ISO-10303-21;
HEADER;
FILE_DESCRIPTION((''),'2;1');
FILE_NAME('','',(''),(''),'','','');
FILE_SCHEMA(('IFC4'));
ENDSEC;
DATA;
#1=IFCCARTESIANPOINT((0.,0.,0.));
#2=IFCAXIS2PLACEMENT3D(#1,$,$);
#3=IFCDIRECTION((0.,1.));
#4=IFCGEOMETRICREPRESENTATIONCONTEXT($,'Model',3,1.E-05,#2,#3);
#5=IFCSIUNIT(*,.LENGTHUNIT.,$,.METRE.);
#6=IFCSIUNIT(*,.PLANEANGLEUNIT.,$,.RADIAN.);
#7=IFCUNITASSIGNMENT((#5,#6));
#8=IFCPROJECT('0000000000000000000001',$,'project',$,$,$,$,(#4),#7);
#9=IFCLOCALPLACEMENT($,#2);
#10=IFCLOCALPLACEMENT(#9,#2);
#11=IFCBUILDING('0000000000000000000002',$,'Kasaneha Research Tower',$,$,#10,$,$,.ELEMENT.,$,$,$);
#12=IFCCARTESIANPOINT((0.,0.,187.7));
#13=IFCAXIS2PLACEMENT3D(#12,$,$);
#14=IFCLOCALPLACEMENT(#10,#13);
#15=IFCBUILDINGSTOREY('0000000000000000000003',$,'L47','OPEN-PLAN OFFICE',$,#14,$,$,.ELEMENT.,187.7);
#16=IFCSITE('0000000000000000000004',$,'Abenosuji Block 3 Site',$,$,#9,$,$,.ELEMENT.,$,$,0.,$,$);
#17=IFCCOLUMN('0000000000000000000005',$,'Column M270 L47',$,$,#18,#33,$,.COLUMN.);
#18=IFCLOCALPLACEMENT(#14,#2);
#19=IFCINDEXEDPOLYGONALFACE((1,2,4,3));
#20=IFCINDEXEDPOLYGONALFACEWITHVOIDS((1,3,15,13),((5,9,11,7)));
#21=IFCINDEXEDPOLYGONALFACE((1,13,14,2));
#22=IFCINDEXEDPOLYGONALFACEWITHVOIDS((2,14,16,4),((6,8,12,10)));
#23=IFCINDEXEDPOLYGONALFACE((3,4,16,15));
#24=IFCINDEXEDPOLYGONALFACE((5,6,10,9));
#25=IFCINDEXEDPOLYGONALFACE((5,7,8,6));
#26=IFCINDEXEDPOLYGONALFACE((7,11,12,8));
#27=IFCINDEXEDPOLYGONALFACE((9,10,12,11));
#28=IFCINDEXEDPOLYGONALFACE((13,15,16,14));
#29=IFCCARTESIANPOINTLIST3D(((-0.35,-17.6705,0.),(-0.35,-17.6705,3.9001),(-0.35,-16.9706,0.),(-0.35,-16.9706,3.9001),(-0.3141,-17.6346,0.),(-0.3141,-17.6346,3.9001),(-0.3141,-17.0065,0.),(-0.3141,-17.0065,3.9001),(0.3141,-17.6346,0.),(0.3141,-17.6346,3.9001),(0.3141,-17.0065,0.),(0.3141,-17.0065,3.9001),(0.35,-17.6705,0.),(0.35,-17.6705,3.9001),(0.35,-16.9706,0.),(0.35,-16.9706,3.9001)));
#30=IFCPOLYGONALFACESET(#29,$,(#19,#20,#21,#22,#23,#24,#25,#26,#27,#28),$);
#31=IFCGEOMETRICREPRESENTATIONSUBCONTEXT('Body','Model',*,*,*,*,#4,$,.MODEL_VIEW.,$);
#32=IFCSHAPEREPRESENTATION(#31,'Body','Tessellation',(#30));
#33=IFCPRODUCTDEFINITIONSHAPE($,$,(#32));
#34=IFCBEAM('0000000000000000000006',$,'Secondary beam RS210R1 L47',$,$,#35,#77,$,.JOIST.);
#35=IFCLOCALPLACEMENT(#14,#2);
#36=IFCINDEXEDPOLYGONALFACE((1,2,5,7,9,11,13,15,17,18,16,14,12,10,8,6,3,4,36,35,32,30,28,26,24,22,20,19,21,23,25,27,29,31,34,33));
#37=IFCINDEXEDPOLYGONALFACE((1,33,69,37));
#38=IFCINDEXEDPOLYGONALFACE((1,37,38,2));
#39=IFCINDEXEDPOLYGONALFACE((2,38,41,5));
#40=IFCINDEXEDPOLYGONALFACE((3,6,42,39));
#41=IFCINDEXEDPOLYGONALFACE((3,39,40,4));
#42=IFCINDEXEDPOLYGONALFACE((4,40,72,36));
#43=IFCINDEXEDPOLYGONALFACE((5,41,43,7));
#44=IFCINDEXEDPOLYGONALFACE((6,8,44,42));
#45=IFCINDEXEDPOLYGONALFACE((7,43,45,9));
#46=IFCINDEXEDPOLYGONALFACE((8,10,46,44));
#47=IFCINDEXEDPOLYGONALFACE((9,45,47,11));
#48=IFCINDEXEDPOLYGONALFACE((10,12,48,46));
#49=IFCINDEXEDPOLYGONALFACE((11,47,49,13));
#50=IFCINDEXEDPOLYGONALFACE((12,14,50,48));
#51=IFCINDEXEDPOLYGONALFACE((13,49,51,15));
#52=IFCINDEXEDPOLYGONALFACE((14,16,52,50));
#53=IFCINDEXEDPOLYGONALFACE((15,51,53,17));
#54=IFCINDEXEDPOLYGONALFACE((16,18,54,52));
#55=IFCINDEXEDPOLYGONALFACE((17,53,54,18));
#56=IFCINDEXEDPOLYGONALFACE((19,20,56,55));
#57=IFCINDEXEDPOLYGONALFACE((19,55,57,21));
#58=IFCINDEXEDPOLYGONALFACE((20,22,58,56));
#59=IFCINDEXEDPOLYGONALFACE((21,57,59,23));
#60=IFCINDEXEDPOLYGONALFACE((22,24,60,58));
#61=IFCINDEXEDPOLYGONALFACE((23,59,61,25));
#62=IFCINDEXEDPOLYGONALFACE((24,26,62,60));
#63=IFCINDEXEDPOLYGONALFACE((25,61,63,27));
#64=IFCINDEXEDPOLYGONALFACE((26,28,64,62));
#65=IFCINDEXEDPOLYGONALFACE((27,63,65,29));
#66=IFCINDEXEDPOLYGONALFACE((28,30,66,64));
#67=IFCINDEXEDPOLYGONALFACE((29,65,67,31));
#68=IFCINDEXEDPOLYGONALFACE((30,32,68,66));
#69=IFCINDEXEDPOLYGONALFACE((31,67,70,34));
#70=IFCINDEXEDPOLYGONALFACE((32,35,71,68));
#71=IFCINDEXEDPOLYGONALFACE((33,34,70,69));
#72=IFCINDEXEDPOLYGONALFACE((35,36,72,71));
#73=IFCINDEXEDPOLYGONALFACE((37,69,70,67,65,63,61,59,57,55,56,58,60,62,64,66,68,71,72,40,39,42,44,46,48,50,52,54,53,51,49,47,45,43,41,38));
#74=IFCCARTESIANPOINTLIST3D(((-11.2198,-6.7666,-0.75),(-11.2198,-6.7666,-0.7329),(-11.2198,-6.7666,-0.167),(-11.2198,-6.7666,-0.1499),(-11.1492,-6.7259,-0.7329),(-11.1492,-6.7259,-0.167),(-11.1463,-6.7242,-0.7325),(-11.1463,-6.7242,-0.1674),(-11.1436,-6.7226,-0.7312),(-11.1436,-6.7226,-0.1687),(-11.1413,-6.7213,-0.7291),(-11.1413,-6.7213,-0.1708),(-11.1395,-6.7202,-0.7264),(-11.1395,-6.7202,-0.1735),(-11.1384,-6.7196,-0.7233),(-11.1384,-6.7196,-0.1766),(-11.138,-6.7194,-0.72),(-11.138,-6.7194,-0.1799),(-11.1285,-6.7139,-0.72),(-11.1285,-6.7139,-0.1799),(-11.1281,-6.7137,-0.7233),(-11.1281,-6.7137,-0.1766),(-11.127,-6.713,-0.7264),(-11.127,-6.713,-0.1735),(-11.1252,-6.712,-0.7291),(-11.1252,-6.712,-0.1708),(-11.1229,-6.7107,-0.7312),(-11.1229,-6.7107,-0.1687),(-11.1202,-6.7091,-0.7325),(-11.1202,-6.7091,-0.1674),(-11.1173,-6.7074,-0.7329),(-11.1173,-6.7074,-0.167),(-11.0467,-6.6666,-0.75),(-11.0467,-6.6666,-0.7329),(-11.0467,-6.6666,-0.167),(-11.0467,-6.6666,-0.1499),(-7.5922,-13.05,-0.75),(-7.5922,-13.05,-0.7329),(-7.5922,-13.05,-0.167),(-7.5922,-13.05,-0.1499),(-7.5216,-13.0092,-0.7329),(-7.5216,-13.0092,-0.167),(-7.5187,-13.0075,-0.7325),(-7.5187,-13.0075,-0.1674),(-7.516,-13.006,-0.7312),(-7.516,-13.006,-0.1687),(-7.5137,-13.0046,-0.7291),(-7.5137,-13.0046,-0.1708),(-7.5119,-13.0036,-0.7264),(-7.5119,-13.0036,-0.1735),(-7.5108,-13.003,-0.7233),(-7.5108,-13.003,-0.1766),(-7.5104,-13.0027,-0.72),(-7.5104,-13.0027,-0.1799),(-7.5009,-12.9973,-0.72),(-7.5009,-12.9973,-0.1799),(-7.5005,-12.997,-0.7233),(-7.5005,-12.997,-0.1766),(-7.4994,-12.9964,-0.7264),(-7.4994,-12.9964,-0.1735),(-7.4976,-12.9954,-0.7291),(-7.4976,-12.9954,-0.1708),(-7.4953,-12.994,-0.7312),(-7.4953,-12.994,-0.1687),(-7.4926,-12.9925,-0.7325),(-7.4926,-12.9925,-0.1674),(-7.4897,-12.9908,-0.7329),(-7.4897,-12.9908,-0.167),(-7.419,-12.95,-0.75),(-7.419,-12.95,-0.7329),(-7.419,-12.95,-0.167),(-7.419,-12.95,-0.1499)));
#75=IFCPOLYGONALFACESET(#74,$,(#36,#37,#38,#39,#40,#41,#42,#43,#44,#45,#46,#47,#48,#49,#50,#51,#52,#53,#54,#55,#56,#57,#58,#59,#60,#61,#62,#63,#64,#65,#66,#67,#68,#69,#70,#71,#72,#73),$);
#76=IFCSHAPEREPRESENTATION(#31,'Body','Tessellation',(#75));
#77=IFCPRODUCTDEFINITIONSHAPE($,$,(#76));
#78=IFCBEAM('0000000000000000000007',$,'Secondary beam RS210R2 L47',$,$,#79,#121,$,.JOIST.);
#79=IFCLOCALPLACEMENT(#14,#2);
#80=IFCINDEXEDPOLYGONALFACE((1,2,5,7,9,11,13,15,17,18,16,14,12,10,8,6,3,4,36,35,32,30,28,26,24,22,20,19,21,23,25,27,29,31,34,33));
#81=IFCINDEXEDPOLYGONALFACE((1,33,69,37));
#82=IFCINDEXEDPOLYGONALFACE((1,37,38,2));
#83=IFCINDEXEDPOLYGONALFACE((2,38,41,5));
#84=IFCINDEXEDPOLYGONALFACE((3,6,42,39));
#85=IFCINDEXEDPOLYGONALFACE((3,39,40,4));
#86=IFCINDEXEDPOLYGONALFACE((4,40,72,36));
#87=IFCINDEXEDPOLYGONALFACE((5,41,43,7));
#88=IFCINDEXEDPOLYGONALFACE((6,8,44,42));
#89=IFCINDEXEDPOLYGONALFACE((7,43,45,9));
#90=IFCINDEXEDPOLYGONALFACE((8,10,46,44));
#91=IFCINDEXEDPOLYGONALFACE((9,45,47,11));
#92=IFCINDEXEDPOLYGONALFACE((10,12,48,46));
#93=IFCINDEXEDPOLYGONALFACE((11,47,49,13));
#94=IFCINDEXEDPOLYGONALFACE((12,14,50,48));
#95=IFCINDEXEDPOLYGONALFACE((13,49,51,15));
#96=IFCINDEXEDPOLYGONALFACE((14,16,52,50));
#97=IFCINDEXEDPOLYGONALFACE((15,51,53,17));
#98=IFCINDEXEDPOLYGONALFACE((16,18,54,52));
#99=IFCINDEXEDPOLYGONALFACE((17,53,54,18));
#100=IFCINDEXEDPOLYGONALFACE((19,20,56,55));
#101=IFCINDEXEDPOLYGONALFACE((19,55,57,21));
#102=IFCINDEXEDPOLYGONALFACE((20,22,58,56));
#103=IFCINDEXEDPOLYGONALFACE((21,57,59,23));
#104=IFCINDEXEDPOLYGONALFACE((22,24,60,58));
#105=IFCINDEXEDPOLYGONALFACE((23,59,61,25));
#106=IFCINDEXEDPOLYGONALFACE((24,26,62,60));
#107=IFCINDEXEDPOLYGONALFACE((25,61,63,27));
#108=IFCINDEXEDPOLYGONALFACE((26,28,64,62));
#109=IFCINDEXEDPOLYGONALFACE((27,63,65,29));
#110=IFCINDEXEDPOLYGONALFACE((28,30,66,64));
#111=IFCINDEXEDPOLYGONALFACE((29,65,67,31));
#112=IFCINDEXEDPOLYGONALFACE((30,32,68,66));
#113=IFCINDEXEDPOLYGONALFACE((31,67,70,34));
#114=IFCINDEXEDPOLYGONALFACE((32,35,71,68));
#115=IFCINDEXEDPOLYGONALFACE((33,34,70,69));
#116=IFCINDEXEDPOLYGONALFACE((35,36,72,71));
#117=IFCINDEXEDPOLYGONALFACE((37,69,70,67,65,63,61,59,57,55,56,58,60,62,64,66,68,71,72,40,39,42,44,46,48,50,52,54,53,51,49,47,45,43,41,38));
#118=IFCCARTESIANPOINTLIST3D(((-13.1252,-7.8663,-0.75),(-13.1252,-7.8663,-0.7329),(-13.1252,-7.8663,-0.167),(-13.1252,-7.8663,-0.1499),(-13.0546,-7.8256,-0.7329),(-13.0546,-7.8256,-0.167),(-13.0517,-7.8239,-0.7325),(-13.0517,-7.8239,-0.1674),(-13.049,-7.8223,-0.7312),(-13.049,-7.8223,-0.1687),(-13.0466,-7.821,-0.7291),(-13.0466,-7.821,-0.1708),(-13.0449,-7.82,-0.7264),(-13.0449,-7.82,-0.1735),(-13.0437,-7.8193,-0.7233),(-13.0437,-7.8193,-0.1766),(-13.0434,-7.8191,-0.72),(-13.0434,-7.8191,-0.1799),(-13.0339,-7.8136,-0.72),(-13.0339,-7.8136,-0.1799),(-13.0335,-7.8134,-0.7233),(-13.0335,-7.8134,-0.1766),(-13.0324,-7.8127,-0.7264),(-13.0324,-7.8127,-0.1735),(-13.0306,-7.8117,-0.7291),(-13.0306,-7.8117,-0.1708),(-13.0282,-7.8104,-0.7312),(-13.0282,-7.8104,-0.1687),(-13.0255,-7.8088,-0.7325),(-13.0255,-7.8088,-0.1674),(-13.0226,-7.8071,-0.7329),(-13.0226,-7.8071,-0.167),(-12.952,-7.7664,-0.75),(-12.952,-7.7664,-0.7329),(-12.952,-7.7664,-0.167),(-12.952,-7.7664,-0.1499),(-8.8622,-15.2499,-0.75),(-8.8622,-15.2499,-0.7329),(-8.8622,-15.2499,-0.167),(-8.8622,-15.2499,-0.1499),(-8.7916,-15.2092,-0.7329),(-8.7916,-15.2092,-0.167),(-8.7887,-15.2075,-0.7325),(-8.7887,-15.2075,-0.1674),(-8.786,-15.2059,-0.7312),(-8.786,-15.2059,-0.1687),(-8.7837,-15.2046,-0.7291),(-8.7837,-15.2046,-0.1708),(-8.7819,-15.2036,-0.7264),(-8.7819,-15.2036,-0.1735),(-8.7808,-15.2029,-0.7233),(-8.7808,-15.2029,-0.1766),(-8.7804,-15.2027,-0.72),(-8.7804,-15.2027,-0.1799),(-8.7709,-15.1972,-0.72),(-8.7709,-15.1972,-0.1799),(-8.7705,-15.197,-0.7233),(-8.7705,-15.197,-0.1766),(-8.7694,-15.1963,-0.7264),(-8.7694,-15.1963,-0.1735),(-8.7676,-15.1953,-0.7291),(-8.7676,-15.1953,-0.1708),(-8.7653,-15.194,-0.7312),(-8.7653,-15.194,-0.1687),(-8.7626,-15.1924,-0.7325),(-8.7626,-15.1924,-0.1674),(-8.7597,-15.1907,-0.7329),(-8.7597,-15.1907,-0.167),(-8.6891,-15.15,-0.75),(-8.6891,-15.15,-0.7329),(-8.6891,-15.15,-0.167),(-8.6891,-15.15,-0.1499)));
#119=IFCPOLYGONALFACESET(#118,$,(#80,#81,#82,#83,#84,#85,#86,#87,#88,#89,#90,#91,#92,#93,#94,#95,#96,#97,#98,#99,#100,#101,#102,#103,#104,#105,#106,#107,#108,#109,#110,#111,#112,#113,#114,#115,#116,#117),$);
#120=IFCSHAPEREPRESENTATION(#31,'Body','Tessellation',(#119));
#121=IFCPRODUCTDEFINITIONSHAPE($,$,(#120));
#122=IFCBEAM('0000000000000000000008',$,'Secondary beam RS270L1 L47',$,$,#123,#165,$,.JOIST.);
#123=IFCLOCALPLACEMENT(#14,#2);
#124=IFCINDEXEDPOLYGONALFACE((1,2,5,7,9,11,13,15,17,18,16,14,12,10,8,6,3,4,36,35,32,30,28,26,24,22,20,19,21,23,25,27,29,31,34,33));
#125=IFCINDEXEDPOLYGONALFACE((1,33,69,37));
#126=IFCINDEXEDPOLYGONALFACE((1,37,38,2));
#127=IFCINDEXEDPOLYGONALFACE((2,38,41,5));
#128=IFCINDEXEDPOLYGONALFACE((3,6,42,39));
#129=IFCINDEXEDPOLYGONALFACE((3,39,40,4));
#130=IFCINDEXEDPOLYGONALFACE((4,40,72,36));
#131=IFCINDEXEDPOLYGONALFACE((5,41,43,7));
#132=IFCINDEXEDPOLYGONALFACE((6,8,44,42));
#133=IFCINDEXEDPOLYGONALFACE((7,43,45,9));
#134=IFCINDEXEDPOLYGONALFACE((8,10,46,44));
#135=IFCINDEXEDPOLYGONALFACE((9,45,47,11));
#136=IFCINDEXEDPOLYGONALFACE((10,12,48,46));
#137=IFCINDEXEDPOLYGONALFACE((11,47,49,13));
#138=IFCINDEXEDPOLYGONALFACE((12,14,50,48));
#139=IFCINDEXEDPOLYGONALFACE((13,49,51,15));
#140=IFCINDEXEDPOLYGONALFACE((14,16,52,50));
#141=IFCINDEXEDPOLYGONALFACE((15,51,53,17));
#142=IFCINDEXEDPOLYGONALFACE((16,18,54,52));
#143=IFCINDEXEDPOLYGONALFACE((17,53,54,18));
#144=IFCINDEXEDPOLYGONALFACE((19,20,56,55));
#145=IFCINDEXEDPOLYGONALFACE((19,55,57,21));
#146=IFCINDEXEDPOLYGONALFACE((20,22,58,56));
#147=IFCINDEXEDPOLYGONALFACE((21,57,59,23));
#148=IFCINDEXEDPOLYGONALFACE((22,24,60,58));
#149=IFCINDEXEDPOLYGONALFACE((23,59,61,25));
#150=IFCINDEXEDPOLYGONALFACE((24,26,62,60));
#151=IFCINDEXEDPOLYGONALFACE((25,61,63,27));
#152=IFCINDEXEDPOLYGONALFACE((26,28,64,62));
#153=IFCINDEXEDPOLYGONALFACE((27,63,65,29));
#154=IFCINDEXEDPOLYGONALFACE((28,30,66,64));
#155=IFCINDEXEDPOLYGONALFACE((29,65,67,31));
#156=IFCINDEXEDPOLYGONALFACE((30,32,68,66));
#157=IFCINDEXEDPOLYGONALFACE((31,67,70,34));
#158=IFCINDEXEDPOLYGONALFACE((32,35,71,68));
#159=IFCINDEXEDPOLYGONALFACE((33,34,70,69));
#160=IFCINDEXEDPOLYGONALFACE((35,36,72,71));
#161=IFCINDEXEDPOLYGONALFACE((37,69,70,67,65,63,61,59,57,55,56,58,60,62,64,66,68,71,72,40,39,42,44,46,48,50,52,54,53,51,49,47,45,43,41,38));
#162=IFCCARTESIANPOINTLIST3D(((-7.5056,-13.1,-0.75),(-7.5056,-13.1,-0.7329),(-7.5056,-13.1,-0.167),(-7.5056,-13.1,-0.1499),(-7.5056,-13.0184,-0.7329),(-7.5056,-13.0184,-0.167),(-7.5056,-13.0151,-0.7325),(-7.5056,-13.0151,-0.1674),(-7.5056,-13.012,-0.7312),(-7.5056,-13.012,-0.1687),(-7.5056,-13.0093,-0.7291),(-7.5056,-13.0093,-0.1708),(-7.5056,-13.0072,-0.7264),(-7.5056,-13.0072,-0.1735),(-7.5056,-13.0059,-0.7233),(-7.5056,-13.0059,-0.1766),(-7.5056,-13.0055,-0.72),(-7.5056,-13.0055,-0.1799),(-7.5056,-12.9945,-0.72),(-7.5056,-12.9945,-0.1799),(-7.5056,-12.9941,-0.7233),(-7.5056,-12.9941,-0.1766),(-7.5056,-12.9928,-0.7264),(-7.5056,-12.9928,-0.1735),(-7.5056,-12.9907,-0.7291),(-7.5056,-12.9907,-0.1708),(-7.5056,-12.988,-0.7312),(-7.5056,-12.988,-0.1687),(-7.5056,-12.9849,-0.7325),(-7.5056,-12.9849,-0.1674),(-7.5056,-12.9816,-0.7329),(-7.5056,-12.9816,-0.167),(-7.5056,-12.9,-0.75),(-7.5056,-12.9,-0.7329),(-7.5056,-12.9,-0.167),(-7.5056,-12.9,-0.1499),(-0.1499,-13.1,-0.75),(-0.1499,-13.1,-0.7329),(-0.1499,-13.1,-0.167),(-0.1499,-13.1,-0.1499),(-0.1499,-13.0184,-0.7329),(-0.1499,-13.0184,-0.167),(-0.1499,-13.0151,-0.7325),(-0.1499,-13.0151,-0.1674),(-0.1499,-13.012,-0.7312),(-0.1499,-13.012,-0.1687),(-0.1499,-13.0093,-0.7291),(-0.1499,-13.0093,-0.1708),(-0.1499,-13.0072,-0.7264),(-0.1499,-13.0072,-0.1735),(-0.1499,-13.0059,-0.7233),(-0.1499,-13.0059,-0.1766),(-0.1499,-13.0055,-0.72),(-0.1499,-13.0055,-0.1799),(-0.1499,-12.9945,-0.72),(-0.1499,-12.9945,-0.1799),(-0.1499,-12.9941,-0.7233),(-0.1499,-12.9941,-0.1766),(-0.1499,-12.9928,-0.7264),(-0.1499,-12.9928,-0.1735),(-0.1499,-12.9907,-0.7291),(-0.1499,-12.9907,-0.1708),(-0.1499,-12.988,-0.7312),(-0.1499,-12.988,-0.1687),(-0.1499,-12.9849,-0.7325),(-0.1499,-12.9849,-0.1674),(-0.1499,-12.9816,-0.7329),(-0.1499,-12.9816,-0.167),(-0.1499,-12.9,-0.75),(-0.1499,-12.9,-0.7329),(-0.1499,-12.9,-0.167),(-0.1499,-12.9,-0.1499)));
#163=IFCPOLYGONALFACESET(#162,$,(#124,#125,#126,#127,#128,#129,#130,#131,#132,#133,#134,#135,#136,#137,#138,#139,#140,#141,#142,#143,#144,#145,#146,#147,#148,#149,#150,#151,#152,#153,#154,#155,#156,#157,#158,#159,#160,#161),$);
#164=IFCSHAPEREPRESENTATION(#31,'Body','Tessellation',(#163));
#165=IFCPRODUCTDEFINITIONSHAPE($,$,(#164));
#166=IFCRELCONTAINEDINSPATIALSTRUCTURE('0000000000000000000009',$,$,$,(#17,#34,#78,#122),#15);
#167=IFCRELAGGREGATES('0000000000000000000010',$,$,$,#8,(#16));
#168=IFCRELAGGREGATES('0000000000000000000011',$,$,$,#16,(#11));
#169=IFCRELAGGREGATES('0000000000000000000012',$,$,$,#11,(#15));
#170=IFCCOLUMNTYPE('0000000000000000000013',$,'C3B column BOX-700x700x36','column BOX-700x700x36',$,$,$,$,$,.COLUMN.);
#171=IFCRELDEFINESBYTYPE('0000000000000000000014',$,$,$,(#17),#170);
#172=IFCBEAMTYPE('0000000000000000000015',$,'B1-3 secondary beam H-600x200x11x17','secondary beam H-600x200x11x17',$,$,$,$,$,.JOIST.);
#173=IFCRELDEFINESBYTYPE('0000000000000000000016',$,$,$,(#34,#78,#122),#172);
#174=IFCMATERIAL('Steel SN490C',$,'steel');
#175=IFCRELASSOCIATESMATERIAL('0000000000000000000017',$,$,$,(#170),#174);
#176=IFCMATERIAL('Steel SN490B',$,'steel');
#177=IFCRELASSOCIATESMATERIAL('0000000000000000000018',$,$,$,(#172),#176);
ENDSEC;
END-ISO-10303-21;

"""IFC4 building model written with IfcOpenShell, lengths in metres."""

from ifc_helpers import new_model, si_unit, direction, frame, origin, origin_2d, place, context, subcontext, project, spatial, hollow_rectangle, i_section, extrude, material, material_profile, profile_set, type_object, element, save


model = new_model("IFC4")

# Units and contexts
model_context = context("Model", 3, precision=1e-05, world=origin(), true_north=direction((0.0, 1.0)))
body_context = subcontext(model_context, "Body", "Model", "MODEL_VIEW")
ifc_project = project(units=[si_unit("LENGTHUNIT", "METRE"), si_unit("PLANEANGLEUNIT", "RADIAN")], contexts=[model_context])

# Site, building, storey
site_placement = place(None, origin())
site = spatial("IfcSite", under=ifc_project, at=site_placement, Name="Abenosuji Block 3 Site", CompositionType="ELEMENT", RefElevation=0.0)
building_placement = place(site_placement, origin())
building = spatial("IfcBuilding", under=site, at=building_placement, Name="Kasaneha Research Tower", CompositionType="ELEMENT")
storey_placement = place(building_placement, frame((0.0, 0.0, 187.7)))
storey = spatial("IfcBuildingStorey", under=building, at=storey_placement, Name="L47", Description="OPEN-PLAN OFFICE", CompositionType="ELEMENT", Elevation=187.7)

# Column
ifc_material_1 = material(Name="Steel SN490C", Category="steel")
ifc_material_profile_1 = material_profile(ifc_material_1, hollow_rectangle(XDim=0.7, YDim=0.7, WallThickness=0.0359, at=origin_2d()), Name="BOX-700x700x36")
ifc_profile_set_1 = profile_set([ifc_material_profile_1], Name="Steel SN490C")
column_type = type_object("IfcColumnType", Name="C3B column BOX-700x700x36", Description="column BOX-700x700x36", PredefinedType="COLUMN", material=ifc_profile_set_1)
column_placement = place(storey_placement, frame((0.0, -17.3206, 0.0), z_axis=(0.0, 0.0, 1.0), x_axis=(1.0, 0.0, 0.0)))
element("IfcColumn", 1, at=column_placement, inside=storey, type_object=column_type, Name="Column M270 L47", PredefinedType="COLUMN", context=body_context, shape_type="SweptSolid", body=[
    extrude(hollow_rectangle(XDim=0.7, YDim=0.7, WallThickness=0.0359, at=origin_2d()), origin(), (0.0, 0.0, 1.0), 3.9001),
])

# Beams
ifc_material_2 = material(Name="Steel SN490B", Category="steel")
ifc_material_profile_2 = material_profile(ifc_material_2, i_section(OverallWidth=0.2, OverallDepth=0.6001, WebThickness=0.011, FlangeThickness=0.0171, FilletRadius=0.0129, at=origin_2d()), Name="H-600x200x11x17")
ifc_profile_set_2 = profile_set([ifc_material_profile_2], Name="Steel SN490B")
beam_type_1 = type_object("IfcBeamType", Name="B1-3 secondary beam H-600x200x11x17", Description="secondary beam H-600x200x11x17", PredefinedType="JOIST", material=ifc_profile_set_2)
beam_1_placement = place(storey_placement, frame((-7.5056, -13.0, -0.45), z_axis=(-0.499993, 0.866029, 0.0), x_axis=(-0.866029, -0.499993, 0.0)))
element("IfcBeam", 2, at=beam_1_placement, inside=storey, type_object=beam_type_1, Name="Secondary beam RS210R1 L47", PredefinedType="JOIST", context=body_context, shape_type="SweptSolid", body=[
    extrude(i_section(OverallWidth=0.2, OverallDepth=0.6001, WebThickness=0.011, FlangeThickness=0.0171, FilletRadius=0.0129, at=origin_2d()), origin(), (0.0, 0.0, 1.0), 7.2554),
])
beam_2_placement = place(storey_placement, frame((-8.7756, -15.2, -0.45), z_axis=(-0.500004, 0.866023, 0.0), x_axis=(-0.866023, -0.500004, 0.0)))
element("IfcBeam", 3, at=beam_2_placement, inside=storey, type_object=beam_type_1, Name="Secondary beam RS210R2 L47", PredefinedType="JOIST", context=body_context, shape_type="SweptSolid", body=[
    extrude(i_section(OverallWidth=0.2, OverallDepth=0.6001, WebThickness=0.011, FlangeThickness=0.0171, FilletRadius=0.0129, at=origin_2d()), origin(), (0.0, 0.0, 1.0), 8.5259),
])
beam_3_placement = place(storey_placement, frame((-7.5056, -13.0, -0.45), z_axis=(1.0, 0.0, 0.0), x_axis=(0.0, 1.0, 0.0)))
element("IfcBeam", 4, at=beam_3_placement, inside=storey, type_object=beam_type_1, Name="Secondary beam RS270L1 L47", PredefinedType="JOIST", context=body_context, shape_type="SweptSolid", body=[
    extrude(i_section(OverallWidth=0.2, OverallDepth=0.6001, WebThickness=0.011, FlangeThickness=0.0171, FilletRadius=0.0129, at=origin_2d()), origin(), (0.0, 0.0, 1.0), 7.3557),
])

save(model, "model.ifc")
